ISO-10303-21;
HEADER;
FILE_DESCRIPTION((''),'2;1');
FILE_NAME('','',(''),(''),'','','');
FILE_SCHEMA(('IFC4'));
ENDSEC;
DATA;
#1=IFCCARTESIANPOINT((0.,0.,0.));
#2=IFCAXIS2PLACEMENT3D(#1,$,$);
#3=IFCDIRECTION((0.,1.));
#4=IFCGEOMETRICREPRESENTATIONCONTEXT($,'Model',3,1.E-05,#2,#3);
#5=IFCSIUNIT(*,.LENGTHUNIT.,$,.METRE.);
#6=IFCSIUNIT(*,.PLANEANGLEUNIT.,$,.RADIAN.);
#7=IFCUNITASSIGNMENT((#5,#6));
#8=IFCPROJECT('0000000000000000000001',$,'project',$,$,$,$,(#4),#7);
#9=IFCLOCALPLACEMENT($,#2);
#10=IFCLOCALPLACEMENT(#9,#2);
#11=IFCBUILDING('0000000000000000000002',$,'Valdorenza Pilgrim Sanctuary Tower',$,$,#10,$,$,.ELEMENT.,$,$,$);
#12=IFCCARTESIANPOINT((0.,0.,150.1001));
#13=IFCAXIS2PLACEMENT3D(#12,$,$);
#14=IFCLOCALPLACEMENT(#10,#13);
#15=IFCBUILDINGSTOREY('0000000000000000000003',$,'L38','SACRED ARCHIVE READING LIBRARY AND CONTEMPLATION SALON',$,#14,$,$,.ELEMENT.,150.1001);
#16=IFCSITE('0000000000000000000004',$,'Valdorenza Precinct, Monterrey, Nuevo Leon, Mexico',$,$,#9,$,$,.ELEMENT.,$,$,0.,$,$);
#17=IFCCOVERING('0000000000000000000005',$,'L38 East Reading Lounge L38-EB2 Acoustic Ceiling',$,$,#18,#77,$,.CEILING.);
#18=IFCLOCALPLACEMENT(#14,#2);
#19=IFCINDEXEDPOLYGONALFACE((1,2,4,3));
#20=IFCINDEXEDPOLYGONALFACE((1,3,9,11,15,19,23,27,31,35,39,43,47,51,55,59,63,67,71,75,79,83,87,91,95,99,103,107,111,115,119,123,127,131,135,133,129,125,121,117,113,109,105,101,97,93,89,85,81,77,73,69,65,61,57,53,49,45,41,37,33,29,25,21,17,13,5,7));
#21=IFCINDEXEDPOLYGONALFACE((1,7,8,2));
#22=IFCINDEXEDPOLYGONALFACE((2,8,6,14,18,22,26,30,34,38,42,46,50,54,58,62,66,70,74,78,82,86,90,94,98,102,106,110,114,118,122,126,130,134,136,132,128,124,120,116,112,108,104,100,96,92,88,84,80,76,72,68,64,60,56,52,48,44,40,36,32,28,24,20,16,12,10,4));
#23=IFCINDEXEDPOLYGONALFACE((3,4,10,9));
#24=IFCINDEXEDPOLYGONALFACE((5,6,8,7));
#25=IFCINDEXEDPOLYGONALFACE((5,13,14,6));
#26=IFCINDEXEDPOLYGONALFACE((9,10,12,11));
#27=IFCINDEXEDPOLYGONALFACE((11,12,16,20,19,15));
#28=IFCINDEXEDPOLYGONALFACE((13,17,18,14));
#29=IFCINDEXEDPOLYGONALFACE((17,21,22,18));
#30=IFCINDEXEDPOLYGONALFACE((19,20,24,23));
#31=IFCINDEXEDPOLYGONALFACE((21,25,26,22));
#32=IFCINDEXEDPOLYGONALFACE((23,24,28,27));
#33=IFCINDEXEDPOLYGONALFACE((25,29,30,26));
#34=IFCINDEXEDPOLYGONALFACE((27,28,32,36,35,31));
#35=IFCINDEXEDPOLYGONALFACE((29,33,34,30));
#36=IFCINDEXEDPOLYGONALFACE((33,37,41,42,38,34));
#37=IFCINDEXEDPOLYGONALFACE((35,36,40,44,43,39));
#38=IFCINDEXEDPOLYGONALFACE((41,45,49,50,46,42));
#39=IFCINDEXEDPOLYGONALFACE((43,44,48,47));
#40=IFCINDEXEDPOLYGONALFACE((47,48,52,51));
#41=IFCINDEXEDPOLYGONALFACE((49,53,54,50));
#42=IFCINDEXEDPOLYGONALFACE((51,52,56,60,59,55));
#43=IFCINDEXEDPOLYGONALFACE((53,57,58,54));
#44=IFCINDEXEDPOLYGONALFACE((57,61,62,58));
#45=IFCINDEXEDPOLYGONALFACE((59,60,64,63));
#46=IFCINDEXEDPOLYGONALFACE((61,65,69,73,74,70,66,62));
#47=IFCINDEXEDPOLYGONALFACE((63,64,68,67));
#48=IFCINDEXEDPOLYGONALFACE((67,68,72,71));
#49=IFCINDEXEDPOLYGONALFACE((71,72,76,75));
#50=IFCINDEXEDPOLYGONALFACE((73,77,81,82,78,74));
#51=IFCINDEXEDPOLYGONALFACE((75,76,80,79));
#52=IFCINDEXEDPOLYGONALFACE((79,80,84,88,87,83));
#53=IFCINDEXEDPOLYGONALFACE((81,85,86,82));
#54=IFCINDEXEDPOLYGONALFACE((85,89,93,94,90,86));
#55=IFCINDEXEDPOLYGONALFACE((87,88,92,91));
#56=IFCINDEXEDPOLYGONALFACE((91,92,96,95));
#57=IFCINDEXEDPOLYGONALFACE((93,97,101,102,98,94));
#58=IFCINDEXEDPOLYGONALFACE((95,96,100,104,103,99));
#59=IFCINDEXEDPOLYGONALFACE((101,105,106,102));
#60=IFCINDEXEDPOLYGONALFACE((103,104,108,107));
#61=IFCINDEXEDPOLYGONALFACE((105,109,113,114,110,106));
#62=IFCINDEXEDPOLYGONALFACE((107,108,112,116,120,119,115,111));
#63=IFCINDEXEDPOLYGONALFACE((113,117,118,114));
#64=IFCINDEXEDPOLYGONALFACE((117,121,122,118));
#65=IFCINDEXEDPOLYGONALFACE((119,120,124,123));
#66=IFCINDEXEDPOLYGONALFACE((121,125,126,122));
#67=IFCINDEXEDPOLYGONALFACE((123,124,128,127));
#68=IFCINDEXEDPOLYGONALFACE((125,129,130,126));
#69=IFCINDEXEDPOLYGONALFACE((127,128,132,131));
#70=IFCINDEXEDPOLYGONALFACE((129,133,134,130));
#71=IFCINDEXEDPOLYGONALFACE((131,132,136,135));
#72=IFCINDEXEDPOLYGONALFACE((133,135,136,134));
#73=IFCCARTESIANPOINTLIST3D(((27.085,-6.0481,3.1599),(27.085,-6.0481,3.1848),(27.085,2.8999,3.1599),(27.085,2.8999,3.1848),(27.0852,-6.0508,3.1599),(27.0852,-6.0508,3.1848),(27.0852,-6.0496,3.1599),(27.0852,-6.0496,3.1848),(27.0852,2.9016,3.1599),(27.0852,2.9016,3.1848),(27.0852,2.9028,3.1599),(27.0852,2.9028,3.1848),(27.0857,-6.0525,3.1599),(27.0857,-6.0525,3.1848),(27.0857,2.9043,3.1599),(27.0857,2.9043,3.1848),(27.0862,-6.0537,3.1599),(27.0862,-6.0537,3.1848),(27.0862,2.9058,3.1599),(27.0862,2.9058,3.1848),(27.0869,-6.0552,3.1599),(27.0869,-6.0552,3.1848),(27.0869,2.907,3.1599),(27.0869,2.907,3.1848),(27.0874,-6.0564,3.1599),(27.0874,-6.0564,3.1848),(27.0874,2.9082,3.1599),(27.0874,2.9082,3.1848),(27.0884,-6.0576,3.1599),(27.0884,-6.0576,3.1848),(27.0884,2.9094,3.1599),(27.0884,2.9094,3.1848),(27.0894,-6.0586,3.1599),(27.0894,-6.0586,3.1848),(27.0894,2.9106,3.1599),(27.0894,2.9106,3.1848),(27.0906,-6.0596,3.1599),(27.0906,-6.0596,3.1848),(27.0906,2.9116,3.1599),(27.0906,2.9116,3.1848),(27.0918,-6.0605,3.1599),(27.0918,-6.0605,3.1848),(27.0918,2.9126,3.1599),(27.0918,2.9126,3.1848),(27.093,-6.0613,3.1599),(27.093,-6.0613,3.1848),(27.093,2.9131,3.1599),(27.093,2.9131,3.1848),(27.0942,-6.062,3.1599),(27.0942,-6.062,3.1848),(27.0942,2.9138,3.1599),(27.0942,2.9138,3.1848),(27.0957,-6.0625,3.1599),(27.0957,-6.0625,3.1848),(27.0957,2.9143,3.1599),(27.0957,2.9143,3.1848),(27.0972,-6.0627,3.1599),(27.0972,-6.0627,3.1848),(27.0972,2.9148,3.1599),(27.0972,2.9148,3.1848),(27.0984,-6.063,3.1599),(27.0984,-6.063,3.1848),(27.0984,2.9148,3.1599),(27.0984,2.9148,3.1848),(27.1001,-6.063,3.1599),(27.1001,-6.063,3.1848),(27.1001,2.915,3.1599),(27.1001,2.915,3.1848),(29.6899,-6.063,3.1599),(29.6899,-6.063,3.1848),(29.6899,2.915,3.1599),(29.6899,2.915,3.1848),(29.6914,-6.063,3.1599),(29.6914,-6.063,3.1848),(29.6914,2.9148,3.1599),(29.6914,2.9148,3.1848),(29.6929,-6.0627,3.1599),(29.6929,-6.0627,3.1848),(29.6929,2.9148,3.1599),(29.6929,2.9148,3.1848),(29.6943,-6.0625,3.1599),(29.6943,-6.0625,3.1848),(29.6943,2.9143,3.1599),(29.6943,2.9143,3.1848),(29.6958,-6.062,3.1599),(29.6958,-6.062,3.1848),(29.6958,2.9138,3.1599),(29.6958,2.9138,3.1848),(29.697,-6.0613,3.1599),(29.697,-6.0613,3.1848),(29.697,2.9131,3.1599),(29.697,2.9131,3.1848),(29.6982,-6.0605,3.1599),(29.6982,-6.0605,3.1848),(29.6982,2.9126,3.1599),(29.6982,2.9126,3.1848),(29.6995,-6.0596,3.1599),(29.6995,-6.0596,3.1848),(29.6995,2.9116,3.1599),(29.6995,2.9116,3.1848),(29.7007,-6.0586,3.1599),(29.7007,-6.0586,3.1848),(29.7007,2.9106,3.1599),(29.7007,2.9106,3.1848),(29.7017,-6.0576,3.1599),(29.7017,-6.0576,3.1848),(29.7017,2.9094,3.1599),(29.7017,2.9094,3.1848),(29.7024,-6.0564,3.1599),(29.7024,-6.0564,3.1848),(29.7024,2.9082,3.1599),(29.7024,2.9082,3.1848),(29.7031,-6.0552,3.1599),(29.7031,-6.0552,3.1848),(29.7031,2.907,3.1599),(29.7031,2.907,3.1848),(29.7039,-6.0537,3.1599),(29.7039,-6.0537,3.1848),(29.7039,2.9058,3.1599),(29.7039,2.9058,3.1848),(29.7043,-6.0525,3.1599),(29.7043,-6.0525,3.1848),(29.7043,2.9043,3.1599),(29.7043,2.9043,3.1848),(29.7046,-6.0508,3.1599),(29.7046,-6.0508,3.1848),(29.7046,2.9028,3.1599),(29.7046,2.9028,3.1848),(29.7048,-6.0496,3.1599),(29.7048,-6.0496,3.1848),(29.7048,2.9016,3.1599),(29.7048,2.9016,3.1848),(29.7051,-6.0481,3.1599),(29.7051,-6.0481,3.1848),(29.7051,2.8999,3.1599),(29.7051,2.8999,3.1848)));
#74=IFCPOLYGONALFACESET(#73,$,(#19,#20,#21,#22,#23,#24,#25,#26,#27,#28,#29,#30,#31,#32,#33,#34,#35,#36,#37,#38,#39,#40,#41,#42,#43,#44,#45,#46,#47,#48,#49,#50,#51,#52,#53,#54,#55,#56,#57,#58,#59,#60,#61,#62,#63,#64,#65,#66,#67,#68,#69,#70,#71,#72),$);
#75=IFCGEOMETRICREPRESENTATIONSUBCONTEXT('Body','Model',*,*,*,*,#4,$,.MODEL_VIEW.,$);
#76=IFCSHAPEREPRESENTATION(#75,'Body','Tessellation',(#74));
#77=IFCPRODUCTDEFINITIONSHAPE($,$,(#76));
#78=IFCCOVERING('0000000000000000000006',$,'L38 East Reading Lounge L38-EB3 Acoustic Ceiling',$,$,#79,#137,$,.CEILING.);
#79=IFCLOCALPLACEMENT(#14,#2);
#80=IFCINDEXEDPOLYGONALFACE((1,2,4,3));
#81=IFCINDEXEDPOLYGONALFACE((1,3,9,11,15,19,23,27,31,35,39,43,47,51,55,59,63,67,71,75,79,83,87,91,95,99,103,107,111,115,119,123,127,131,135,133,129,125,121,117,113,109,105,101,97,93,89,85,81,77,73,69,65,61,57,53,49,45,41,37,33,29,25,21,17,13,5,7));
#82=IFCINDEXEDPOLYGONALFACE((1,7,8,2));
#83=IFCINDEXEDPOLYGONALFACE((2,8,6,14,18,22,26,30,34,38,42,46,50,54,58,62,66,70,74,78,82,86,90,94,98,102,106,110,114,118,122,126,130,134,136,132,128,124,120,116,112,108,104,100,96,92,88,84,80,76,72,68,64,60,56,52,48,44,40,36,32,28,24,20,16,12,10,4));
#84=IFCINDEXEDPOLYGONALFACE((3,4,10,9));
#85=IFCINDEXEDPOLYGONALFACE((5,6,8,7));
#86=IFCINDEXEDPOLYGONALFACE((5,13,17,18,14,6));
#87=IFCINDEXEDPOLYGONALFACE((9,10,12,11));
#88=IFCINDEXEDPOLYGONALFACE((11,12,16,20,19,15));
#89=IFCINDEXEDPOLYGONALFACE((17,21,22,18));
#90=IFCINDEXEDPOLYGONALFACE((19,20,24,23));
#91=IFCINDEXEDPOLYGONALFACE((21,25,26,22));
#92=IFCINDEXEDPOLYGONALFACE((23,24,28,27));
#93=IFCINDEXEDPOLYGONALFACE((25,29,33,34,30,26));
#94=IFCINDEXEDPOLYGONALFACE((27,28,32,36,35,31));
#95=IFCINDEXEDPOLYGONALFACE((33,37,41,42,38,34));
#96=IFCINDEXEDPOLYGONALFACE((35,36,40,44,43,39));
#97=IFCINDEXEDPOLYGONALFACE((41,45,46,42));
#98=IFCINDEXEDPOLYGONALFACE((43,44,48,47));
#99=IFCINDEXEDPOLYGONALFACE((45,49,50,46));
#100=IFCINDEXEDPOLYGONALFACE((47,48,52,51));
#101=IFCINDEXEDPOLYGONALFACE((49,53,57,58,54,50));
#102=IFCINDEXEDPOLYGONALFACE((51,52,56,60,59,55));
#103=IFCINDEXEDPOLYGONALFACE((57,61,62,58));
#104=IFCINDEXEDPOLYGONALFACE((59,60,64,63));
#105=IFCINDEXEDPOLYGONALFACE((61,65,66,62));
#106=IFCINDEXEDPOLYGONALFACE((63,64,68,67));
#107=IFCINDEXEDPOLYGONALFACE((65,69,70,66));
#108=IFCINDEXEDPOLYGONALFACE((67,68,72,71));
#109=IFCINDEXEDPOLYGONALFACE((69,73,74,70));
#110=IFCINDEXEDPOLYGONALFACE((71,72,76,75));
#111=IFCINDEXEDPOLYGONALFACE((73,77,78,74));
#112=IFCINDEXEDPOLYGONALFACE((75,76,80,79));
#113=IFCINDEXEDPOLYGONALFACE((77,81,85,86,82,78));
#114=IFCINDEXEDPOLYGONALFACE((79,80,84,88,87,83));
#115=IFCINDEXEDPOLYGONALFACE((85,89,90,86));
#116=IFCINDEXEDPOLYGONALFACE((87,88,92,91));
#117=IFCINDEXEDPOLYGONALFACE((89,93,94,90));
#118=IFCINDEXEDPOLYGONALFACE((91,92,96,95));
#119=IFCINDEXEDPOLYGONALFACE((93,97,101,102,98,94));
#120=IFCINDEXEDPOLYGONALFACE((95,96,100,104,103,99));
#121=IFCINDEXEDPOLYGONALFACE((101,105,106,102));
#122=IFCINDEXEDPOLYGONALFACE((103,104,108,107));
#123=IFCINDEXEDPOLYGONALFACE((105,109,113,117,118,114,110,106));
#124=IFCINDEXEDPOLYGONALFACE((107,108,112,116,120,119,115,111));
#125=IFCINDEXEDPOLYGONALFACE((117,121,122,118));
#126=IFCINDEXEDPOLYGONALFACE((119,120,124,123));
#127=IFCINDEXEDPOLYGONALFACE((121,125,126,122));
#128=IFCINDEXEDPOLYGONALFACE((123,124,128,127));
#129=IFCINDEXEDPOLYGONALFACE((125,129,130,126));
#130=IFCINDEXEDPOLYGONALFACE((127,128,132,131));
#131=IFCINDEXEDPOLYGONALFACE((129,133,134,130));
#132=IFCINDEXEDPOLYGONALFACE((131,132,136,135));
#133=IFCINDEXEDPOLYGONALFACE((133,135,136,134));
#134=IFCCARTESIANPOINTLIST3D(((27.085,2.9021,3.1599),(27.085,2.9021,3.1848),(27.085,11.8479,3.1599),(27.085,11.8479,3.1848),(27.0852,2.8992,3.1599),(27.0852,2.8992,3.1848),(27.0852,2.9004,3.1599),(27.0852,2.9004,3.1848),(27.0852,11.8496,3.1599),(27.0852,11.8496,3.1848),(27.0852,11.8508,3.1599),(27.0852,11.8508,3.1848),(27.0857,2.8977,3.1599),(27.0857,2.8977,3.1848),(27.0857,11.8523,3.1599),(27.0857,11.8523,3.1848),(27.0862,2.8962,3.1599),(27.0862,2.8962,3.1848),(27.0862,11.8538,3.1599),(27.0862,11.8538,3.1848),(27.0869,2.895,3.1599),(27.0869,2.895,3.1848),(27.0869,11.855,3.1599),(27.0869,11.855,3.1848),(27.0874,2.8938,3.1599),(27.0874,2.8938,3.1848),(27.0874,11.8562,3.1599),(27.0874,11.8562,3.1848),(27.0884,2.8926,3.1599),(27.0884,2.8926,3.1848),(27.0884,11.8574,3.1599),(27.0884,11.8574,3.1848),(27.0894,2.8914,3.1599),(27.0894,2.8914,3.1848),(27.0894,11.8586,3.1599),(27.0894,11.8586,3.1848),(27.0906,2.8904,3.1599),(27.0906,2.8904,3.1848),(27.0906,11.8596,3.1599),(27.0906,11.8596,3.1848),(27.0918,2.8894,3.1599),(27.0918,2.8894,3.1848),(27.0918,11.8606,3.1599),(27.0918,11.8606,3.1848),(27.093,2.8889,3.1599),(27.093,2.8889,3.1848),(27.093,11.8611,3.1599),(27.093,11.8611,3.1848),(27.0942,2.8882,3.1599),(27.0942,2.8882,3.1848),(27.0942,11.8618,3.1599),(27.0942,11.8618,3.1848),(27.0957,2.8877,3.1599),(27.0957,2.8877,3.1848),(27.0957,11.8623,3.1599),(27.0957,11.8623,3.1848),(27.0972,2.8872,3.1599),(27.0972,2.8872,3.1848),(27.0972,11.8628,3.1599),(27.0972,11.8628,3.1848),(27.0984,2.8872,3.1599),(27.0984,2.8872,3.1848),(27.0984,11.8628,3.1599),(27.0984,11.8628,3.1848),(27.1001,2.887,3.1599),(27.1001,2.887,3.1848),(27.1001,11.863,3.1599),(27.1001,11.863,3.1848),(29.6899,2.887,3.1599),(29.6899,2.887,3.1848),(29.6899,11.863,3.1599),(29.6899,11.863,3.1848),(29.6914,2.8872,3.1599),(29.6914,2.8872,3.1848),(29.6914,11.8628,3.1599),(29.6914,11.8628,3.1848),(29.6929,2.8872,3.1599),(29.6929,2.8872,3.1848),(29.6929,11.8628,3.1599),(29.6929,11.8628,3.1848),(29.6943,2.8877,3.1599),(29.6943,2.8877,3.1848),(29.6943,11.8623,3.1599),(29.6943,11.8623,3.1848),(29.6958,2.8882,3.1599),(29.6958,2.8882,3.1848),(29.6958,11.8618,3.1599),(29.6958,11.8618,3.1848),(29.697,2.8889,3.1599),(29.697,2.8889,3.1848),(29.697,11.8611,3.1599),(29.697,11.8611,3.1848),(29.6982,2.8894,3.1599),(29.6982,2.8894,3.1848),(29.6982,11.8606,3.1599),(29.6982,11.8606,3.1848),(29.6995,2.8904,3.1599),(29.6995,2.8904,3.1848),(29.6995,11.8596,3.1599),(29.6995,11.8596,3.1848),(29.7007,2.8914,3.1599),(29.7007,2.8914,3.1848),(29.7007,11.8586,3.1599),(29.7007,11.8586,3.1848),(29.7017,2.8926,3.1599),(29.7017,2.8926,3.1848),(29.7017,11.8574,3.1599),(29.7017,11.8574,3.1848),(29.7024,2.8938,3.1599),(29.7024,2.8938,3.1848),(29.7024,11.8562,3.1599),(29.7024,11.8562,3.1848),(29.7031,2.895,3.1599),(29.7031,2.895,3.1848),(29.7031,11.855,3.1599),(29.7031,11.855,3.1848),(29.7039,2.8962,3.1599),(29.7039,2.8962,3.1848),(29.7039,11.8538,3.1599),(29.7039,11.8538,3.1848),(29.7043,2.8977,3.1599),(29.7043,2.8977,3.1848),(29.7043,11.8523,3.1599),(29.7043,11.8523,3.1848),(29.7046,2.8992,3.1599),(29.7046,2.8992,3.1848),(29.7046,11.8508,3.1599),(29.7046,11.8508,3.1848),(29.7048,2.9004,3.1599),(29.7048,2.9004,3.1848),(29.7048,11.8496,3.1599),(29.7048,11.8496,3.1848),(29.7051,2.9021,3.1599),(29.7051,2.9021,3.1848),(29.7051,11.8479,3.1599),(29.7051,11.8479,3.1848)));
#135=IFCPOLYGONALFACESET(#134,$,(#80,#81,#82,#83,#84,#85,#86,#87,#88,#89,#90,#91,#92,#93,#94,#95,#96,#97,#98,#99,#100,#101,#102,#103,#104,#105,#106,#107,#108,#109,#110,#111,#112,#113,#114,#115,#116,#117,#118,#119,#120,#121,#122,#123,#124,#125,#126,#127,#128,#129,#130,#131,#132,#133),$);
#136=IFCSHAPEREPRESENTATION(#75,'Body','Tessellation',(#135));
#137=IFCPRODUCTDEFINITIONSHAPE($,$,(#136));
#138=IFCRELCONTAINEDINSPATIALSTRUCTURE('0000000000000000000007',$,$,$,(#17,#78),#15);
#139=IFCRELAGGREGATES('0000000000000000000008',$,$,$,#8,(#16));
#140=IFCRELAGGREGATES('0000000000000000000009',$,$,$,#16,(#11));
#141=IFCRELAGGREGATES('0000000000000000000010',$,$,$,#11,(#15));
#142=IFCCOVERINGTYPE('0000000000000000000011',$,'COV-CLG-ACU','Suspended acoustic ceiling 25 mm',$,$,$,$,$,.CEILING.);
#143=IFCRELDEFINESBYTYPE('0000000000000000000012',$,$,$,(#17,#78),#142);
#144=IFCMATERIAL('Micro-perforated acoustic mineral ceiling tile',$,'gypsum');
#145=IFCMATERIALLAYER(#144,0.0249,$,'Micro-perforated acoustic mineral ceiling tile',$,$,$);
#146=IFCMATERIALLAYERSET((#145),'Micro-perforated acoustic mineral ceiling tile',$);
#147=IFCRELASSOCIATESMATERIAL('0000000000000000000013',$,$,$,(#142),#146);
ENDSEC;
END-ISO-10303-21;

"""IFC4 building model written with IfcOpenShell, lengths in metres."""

from ifc_helpers import new_model, si_unit, direction, frame, origin, place, context, subcontext, project, spatial, polyline, outline, extrude, material, layer, layer_set, type_object, element, save


model = new_model("IFC4")

# Units and contexts
model_context = context("Model", 3, precision=1e-05, world=origin(), true_north=direction((0.0, 1.0)))
body_context = subcontext(model_context, "Body", "Model", "MODEL_VIEW")
ifc_project = project(units=[si_unit("LENGTHUNIT", "METRE"), si_unit("PLANEANGLEUNIT", "RADIAN")], contexts=[model_context])

# Site, building, storey
site_placement = place(None, origin())
site = spatial("IfcSite", under=ifc_project, at=site_placement, Name="Valdorenza Precinct, Monterrey, Nuevo Leon, Mexico", CompositionType="ELEMENT", RefElevation=0.0)
building_placement = place(site_placement, origin())
building = spatial("IfcBuilding", under=site, at=building_placement, Name="Valdorenza Pilgrim Sanctuary Tower", CompositionType="ELEMENT")
storey_placement = place(building_placement, frame((0.0, 0.0, 150.1001)))
storey = spatial("IfcBuildingStorey", under=building, at=storey_placement, Name="L38", Description="SACRED ARCHIVE READING LIBRARY AND CONTEMPLATION SALON", CompositionType="ELEMENT", Elevation=150.1001)

# Coverings
ifc_material_1 = material(Name="Micro-perforated acoustic mineral ceiling tile", Category="gypsum")
ifc_layer_1 = layer(ifc_material_1, 0.0249, Name="Micro-perforated acoustic mineral ceiling tile")
ifc_layer_set_1 = layer_set([ifc_layer_1], Name="Micro-perforated acoustic mineral ceiling tile")
covering_type_1 = type_object("IfcCoveringType", Name="COV-CLG-ACU", Description="Suspended acoustic ceiling 25 mm", PredefinedType="CEILING", material=ifc_layer_set_1)
covering_1_placement = place(storey_placement, frame((0.0, 0.0, 3.1599)))
element("IfcCovering", 1, at=covering_1_placement, inside=storey, type_object=covering_type_1, Name="L38 East Reading Lounge L38-EB2 Acoustic Ceiling", PredefinedType="CEILING", context=body_context, shape_type="SweptSolid", body=[
    extrude(outline(polyline([(27.085, 2.8999), (27.0852, 2.9016), (27.0852, 2.9028), (27.0857, 2.9043), (27.0862, 2.9058), (27.0869, 2.907), (27.0874, 2.9082), (27.0884, 2.9094), (27.0894, 2.9106), (27.0906, 2.9116), (27.0918, 2.9126), (27.093, 2.9131), (27.0942, 2.9138), (27.0957, 2.9143), (27.0972, 2.9148), (27.0984, 2.9148), (27.1001, 2.915), (29.6899, 2.915), (29.6914, 2.9148), (29.6929, 2.9148), (29.6943, 2.9143), (29.6958, 2.9138), (29.697, 2.9131), (29.6982, 2.9126), (29.6995, 2.9116), (29.7007, 2.9106), (29.7017, 2.9094), (29.7024, 2.9082), (29.7031, 2.907), (29.7039, 2.9058), (29.7043, 2.9043), (29.7046, 2.9028), (29.7048, 2.9016), (29.7051, 2.8999), (29.7051, -6.0481), (29.7048, -6.0496), (29.7046, -6.0508), (29.7043, -6.0525), (29.7039, -6.0537), (29.7031, -6.0552), (29.7024, -6.0564), (29.7017, -6.0576), (29.7007, -6.0586), (29.6995, -6.0596), (29.6982, -6.0605), (29.697, -6.0613), (29.6958, -6.062), (29.6943, -6.0625), (29.6929, -6.0627), (29.6914, -6.063), (29.6899, -6.063), (27.1001, -6.063), (27.0984, -6.063), (27.0972, -6.0627), (27.0957, -6.0625), (27.0942, -6.062), (27.093, -6.0613), (27.0918, -6.0605), (27.0906, -6.0596), (27.0894, -6.0586), (27.0884, -6.0576), (27.0874, -6.0564), (27.0869, -6.0552), (27.0862, -6.0537), (27.0857, -6.0525), (27.0852, -6.0508), (27.0852, -6.0496), (27.085, -6.0481), (27.085, 2.8999)])), origin(), (0.0, 0.0, 1.0), 0.0249),
])
covering_2_placement = place(storey_placement, frame((0.0, 0.0, 3.1599)))
element("IfcCovering", 2, at=covering_2_placement, inside=storey, type_object=covering_type_1, Name="L38 East Reading Lounge L38-EB3 Acoustic Ceiling", PredefinedType="CEILING", context=body_context, shape_type="SweptSolid", body=[
    extrude(outline(polyline([(27.085, 11.8479), (27.0852, 11.8496), (27.0852, 11.8508), (27.0857, 11.8523), (27.0862, 11.8538), (27.0869, 11.855), (27.0874, 11.8562), (27.0884, 11.8574), (27.0894, 11.8586), (27.0906, 11.8596), (27.0918, 11.8606), (27.093, 11.8611), (27.0942, 11.8618), (27.0957, 11.8623), (27.0972, 11.8628), (27.0984, 11.8628), (27.1001, 11.863), (29.6899, 11.863), (29.6914, 11.8628), (29.6929, 11.8628), (29.6943, 11.8623), (29.6958, 11.8618), (29.697, 11.8611), (29.6982, 11.8606), (29.6995, 11.8596), (29.7007, 11.8586), (29.7017, 11.8574), (29.7024, 11.8562), (29.7031, 11.855), (29.7039, 11.8538), (29.7043, 11.8523), (29.7046, 11.8508), (29.7048, 11.8496), (29.7051, 11.8479), (29.7051, 2.9021), (29.7048, 2.9004), (29.7046, 2.8992), (29.7043, 2.8977), (29.7039, 2.8962), (29.7031, 2.895), (29.7024, 2.8938), (29.7017, 2.8926), (29.7007, 2.8914), (29.6995, 2.8904), (29.6982, 2.8894), (29.697, 2.8889), (29.6958, 2.8882), (29.6943, 2.8877), (29.6929, 2.8872), (29.6914, 2.8872), (29.6899, 2.887), (27.1001, 2.887), (27.0984, 2.8872), (27.0972, 2.8872), (27.0957, 2.8877), (27.0942, 2.8882), (27.093, 2.8889), (27.0918, 2.8894), (27.0906, 2.8904), (27.0894, 2.8914), (27.0884, 2.8926), (27.0874, 2.8938), (27.0869, 2.895), (27.0862, 2.8962), (27.0857, 2.8977), (27.0852, 2.8992), (27.0852, 2.9004), (27.085, 2.9021), (27.085, 11.8479)])), origin(), (0.0, 0.0, 1.0), 0.0249),
])

save(model, "model.ifc")
